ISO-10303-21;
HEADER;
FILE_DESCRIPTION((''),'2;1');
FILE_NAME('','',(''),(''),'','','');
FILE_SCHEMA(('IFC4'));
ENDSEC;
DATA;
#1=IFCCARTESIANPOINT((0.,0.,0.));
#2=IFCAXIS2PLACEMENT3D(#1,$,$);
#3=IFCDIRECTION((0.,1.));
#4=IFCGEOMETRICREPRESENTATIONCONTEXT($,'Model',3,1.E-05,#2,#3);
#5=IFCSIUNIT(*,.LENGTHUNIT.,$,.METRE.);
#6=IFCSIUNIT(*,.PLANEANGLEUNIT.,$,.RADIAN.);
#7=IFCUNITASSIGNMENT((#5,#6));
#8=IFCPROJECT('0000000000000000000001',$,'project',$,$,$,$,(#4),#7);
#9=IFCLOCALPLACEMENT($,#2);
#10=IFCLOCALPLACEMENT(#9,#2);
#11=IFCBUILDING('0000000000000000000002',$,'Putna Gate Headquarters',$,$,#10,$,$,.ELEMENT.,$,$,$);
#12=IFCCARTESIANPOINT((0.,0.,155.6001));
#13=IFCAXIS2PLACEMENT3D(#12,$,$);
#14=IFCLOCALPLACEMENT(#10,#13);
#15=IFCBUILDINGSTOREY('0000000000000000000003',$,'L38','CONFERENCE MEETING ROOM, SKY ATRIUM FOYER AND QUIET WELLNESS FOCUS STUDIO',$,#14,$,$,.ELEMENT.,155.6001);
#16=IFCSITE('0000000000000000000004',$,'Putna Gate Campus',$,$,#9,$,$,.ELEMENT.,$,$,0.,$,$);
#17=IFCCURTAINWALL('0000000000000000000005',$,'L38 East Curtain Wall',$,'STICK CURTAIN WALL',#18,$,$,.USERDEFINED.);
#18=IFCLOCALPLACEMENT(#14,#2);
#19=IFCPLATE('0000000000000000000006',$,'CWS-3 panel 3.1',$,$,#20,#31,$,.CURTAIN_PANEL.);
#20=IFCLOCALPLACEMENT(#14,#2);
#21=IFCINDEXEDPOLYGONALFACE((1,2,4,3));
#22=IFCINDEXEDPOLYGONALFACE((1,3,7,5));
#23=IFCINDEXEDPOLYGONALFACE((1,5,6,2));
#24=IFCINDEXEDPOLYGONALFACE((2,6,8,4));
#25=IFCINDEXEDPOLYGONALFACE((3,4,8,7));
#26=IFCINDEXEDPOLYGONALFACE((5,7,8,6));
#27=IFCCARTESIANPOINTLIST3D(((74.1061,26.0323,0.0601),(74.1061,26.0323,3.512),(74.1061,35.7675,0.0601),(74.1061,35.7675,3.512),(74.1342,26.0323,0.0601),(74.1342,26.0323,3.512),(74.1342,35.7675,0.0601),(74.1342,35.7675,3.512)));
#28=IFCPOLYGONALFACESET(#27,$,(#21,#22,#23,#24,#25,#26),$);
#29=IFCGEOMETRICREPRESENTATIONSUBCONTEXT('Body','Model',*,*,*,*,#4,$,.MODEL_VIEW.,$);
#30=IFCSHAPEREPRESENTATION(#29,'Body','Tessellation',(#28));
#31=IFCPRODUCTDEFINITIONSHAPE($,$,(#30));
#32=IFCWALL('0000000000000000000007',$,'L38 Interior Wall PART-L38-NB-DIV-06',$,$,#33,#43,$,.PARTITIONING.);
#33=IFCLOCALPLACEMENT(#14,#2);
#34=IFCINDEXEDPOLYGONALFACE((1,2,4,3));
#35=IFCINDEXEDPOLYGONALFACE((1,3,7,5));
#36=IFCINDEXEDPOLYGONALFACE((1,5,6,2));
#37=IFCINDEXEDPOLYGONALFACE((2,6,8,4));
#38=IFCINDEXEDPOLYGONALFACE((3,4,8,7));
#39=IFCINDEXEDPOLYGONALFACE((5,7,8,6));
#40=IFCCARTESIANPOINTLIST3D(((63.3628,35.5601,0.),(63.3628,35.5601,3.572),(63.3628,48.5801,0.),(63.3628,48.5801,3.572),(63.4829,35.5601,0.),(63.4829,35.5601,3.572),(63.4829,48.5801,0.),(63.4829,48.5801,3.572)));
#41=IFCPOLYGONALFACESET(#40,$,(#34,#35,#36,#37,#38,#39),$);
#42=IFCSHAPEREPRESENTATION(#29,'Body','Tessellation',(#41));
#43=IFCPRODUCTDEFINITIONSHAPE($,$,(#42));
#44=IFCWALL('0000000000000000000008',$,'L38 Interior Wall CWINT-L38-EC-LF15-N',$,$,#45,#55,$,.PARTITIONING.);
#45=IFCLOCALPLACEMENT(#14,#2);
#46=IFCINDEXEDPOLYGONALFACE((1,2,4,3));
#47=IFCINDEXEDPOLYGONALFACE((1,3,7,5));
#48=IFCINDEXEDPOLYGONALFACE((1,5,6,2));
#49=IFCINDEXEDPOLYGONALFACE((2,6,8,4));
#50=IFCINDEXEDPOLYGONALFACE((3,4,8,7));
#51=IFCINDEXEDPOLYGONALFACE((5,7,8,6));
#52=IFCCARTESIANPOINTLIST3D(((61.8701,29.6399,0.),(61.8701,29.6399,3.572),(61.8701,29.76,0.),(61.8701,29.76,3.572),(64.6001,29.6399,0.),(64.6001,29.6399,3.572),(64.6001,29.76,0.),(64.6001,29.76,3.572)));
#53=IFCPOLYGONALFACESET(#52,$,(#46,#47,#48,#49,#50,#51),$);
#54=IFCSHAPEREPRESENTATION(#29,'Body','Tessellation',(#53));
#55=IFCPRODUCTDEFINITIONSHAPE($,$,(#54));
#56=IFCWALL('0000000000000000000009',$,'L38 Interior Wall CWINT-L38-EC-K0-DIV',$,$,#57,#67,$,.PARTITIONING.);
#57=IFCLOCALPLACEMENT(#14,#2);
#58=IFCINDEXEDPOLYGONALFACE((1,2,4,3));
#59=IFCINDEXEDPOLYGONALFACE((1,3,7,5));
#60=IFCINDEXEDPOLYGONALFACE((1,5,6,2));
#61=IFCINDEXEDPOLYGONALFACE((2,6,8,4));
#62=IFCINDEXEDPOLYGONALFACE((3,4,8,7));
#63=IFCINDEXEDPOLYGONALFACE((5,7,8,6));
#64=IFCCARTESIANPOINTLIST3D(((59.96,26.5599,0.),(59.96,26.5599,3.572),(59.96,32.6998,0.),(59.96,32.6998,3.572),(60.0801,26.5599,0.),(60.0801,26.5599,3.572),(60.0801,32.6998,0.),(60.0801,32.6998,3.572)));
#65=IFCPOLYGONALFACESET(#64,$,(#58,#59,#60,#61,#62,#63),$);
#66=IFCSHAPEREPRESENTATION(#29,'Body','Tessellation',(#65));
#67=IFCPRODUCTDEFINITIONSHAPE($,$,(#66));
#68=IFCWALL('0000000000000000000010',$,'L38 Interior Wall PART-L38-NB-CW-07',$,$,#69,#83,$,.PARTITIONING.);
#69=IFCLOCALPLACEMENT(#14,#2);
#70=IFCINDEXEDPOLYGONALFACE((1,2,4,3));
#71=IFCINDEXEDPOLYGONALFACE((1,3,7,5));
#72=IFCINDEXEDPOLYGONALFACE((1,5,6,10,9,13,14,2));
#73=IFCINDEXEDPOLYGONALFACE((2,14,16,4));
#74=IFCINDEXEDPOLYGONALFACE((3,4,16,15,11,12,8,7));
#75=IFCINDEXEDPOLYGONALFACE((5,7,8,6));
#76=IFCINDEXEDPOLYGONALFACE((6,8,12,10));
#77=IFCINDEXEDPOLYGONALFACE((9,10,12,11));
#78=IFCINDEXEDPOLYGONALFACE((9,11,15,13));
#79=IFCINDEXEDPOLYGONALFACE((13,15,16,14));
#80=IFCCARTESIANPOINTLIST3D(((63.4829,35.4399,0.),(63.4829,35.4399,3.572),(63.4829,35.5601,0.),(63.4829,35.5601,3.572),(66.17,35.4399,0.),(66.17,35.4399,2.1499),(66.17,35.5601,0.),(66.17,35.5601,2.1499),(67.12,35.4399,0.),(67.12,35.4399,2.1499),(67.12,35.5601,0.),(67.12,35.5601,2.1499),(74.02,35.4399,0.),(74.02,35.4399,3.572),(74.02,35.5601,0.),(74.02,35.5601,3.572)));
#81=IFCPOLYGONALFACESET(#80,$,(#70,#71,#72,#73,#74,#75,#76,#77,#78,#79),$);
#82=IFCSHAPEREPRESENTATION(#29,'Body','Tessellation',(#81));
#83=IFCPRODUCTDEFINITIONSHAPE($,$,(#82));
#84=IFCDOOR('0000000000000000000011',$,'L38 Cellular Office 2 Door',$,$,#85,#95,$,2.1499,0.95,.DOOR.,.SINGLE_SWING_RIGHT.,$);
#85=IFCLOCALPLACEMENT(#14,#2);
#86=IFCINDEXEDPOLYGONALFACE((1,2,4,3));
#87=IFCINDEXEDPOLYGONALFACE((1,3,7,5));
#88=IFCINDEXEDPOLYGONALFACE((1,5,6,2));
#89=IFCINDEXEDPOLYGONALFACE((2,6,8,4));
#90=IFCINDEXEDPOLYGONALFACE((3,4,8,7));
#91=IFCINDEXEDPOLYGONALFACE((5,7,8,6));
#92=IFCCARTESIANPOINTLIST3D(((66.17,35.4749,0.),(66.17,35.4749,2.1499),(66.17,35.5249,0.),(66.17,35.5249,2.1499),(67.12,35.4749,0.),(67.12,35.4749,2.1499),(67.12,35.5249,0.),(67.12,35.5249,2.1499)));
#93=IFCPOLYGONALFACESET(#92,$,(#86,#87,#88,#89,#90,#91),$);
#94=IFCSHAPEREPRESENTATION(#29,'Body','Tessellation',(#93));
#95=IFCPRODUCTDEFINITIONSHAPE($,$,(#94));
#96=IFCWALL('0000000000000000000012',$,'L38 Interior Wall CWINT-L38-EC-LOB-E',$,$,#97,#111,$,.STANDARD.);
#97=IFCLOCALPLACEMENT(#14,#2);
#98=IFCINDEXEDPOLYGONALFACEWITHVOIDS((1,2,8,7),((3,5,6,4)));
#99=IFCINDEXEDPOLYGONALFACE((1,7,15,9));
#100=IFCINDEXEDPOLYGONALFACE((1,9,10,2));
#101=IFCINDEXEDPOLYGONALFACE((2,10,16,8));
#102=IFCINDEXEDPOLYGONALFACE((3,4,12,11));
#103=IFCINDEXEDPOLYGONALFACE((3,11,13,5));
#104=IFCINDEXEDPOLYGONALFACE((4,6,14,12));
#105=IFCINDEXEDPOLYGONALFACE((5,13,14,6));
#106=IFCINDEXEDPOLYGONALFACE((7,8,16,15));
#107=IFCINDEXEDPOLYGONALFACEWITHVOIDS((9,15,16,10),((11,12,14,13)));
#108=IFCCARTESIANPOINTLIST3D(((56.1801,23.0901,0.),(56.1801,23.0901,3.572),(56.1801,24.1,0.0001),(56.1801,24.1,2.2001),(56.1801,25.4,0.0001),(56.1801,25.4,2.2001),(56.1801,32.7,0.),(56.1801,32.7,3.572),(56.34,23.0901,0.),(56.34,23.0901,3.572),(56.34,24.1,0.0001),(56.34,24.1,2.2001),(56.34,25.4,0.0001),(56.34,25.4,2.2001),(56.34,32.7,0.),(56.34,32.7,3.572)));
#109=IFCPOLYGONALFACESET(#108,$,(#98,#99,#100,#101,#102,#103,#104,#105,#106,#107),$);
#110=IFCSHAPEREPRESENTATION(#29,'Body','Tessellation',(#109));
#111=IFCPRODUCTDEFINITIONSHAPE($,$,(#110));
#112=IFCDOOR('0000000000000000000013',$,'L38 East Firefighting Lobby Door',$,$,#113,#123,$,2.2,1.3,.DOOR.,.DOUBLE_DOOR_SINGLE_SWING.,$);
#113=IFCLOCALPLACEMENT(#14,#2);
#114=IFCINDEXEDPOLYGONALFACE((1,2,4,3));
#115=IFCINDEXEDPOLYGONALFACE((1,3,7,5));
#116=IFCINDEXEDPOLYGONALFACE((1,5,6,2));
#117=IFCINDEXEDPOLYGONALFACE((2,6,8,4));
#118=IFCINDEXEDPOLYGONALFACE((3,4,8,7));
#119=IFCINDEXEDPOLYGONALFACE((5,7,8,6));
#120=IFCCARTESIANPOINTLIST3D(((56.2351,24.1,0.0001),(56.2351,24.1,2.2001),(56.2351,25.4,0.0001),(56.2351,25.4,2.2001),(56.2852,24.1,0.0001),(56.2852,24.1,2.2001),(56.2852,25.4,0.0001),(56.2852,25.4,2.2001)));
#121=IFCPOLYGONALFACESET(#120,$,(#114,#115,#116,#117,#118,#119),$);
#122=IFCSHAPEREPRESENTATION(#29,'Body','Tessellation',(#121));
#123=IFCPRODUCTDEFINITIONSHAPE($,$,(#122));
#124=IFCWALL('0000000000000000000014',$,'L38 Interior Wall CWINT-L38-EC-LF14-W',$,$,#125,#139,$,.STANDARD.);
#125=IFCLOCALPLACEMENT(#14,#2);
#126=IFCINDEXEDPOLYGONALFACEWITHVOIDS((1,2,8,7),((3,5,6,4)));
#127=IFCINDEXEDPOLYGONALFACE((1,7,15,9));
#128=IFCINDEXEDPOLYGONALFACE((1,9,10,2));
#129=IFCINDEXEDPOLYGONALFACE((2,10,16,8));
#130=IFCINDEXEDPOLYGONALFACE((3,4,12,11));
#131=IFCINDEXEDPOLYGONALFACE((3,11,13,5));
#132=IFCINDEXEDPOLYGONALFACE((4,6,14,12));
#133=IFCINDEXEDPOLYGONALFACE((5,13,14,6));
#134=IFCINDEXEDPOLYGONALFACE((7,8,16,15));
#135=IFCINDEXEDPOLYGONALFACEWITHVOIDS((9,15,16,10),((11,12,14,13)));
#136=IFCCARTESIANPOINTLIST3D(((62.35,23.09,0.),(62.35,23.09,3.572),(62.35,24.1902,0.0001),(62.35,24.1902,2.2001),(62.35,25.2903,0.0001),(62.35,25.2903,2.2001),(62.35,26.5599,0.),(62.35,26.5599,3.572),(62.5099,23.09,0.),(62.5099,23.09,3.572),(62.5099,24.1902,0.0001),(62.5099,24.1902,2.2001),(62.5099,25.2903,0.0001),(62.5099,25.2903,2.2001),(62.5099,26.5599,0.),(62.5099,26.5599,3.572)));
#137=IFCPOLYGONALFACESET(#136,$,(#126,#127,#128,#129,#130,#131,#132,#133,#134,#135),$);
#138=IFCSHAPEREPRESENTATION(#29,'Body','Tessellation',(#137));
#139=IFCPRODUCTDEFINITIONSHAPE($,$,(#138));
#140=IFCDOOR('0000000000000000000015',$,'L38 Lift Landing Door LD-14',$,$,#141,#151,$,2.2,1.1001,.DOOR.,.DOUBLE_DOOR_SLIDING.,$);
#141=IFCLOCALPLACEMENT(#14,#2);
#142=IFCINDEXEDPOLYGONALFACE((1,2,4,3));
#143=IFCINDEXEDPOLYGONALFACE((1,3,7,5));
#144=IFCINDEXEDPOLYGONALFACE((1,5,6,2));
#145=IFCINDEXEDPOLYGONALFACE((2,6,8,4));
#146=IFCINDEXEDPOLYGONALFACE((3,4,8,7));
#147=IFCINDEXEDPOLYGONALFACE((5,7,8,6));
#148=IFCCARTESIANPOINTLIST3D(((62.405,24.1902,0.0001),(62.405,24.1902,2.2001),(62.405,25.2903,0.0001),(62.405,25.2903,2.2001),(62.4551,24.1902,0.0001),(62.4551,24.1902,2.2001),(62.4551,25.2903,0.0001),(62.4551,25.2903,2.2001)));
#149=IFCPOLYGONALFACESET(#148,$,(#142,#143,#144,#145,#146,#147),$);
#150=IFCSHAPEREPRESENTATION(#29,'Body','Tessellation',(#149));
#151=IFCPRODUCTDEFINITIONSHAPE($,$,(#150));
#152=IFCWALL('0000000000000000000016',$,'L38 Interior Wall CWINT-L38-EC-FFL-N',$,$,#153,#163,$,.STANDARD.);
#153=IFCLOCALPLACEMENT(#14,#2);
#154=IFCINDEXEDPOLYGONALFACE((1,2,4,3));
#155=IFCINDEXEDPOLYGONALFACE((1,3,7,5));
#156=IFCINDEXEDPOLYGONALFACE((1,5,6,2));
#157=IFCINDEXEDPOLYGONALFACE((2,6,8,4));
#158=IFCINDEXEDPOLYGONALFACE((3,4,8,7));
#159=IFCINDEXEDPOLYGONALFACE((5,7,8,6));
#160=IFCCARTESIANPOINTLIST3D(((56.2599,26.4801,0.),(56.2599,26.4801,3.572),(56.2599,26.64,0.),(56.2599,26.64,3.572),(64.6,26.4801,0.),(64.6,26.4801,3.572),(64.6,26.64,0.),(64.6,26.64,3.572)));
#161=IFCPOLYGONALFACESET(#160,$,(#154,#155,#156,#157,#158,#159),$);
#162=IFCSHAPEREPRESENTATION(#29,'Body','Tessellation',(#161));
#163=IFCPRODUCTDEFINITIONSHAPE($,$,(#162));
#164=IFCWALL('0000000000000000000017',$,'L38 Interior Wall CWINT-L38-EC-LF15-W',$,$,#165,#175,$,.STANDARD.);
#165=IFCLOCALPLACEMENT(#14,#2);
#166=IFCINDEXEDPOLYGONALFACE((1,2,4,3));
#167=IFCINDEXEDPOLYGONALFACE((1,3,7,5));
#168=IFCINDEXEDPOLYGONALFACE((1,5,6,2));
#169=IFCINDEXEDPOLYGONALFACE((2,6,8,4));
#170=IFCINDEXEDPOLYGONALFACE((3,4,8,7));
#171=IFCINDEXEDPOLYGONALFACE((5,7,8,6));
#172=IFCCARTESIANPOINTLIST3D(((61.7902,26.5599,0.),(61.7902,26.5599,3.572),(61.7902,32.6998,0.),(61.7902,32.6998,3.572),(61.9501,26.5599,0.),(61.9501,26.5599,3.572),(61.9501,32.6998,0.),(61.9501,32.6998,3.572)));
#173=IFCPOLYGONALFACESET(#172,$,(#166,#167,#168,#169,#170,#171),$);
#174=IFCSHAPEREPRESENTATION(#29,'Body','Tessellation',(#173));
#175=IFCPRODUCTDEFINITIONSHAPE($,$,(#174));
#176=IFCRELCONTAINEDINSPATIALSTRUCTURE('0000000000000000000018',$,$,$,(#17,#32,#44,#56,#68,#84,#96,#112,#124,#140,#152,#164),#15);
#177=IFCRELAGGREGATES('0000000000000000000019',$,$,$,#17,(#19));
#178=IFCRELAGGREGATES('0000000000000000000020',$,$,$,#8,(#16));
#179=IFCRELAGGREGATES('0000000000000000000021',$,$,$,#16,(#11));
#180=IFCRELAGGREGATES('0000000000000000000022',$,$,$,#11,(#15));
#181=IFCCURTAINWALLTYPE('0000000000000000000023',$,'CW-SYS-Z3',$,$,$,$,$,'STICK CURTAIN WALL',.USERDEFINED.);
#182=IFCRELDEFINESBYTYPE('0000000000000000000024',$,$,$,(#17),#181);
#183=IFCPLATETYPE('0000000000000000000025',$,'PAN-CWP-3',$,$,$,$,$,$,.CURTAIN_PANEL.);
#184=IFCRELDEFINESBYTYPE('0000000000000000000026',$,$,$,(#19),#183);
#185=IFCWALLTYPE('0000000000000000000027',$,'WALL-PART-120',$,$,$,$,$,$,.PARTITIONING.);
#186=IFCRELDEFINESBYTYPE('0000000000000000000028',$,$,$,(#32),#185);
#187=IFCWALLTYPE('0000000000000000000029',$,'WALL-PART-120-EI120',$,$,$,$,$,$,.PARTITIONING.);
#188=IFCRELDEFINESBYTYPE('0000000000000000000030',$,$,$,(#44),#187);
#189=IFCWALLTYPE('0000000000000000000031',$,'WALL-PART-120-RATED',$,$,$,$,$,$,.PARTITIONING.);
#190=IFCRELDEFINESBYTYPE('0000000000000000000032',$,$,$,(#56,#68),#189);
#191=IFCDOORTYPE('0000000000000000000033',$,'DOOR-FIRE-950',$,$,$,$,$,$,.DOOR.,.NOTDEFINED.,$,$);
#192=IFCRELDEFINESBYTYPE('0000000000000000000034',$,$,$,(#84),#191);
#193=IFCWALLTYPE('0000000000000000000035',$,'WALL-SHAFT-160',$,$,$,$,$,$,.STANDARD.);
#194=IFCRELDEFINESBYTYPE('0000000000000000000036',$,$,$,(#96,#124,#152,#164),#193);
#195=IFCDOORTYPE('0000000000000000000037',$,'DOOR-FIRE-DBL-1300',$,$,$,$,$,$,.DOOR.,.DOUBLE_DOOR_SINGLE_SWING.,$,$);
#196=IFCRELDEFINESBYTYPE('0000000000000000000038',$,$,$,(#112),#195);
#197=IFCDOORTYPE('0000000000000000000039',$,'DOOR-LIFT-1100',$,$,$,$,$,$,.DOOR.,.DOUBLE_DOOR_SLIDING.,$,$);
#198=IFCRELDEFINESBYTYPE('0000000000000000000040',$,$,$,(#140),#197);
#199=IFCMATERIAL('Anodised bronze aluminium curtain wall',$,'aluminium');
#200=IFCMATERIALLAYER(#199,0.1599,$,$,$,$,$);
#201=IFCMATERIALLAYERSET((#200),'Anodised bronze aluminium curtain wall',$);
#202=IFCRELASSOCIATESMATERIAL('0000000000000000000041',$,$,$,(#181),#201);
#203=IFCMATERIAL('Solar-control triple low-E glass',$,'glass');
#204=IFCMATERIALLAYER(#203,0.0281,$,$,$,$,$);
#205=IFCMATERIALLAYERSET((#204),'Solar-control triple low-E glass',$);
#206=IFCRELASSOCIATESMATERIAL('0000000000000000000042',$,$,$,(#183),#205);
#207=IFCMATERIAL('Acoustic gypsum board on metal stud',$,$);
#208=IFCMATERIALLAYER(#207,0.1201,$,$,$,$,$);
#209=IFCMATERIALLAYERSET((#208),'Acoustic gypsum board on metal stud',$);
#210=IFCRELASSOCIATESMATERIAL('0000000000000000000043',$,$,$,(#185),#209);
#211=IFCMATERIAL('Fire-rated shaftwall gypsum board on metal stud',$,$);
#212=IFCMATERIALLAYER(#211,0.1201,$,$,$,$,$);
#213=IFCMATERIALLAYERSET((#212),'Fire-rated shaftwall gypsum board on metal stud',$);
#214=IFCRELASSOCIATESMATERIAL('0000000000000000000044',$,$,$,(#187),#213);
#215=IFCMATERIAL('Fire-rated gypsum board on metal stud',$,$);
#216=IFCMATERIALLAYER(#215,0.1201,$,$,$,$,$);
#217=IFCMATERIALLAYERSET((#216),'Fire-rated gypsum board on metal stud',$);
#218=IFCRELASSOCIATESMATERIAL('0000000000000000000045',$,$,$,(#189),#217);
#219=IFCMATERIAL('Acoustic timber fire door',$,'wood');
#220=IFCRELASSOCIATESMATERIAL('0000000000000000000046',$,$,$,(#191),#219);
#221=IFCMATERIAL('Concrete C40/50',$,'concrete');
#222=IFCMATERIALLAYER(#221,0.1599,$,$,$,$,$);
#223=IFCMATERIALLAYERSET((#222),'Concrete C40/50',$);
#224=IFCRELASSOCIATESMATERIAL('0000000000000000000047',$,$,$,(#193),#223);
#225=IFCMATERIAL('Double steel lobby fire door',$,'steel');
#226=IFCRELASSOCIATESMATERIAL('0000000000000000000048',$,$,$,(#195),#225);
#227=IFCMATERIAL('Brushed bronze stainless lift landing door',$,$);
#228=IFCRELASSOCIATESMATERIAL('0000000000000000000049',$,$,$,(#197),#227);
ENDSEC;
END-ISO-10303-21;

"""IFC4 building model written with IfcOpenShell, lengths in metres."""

from ifc_helpers import new_model, si_unit, direction, frame, frame_2d, origin, origin_2d, place, context, subcontext, project, spatial, rectangle, extrude, material, layer, layer_set, type_object, element, fill, aggregate, save


model = new_model("IFC4")

# Units and contexts
model_context = context("Model", 3, precision=1e-05, world=origin(), true_north=direction((0.0, 1.0)))
body_context = subcontext(model_context, "Body", "Model", "MODEL_VIEW")
ifc_project = project(units=[si_unit("LENGTHUNIT", "METRE"), si_unit("PLANEANGLEUNIT", "RADIAN")], contexts=[model_context])

# Site, building, storey
site_placement = place(None, origin())
site = spatial("IfcSite", under=ifc_project, at=site_placement, Name="Putna Gate Campus", CompositionType="ELEMENT", RefElevation=0.0)
building_placement = place(site_placement, origin())
building = spatial("IfcBuilding", under=site, at=building_placement, Name="Putna Gate Headquarters", CompositionType="ELEMENT")
storey_placement = place(building_placement, frame((0.0, 0.0, 155.6001)))
storey = spatial("IfcBuildingStorey", under=building, at=storey_placement, Name="L38", Description="CONFERENCE MEETING ROOM, SKY ATRIUM FOYER AND QUIET WELLNESS FOCUS STUDIO", CompositionType="ELEMENT", Elevation=155.6001)

# Curtain wall, plate
ifc_material_1 = material(Name="Anodised bronze aluminium curtain wall", Category="aluminium")
ifc_layer_1 = layer(ifc_material_1, 0.1599)
ifc_layer_set_1 = layer_set([ifc_layer_1], Name="Anodised bronze aluminium curtain wall")
curtain_wall_type = type_object("IfcCurtainWallType", Name="CW-SYS-Z3", ElementType="STICK CURTAIN WALL", PredefinedType="USERDEFINED", material=ifc_layer_set_1)
curtain_wall_placement = place(storey_placement, origin())
curtain_wall = element("IfcCurtainWall", 1, at=curtain_wall_placement, inside=storey, type_object=curtain_wall_type, Name="L38 East Curtain Wall", ObjectType="STICK CURTAIN WALL", PredefinedType="USERDEFINED")
ifc_material_2 = material(Name="Solar-control triple low-E glass", Category="glass")
ifc_layer_2 = layer(ifc_material_2, 0.0281)
ifc_layer_set_2 = layer_set([ifc_layer_2], Name="Solar-control triple low-E glass")
plate_type = type_object("IfcPlateType", Name="PAN-CWP-3", PredefinedType="CURTAIN_PANEL", material=ifc_layer_set_2)
plate_placement = place(storey_placement, frame((74.1201, 30.8999, 0.0601), z_axis=(0.0, 0.0, 1.0), x_axis=(0.0, 1.0, 0.0)))
plate = element("IfcPlate", 2, at=plate_placement, type_object=plate_type, Name="CWS-3 panel 3.1", PredefinedType="CURTAIN_PANEL", context=body_context, shape_type="SweptSolid", body=[
    extrude(rectangle(XDim=9.7351, YDim=0.0281, at=origin_2d()), origin(), (0.0, 0.0, 1.0), 3.4519),
])
aggregate(curtain_wall, [plate])

# Walls
ifc_material_3 = material(Name="Acoustic gypsum board on metal stud")
ifc_layer_3 = layer(ifc_material_3, 0.1201)
ifc_layer_set_3 = layer_set([ifc_layer_3], Name="Acoustic gypsum board on metal stud")
wall_type_1 = type_object("IfcWallType", Name="WALL-PART-120", PredefinedType="PARTITIONING", material=ifc_layer_set_3)
wall_1_placement = place(storey_placement, frame((63.4229, 35.5601, 0.0), z_axis=(0.0, 0.0, 1.0), x_axis=(0.0, 1.0, 0.0)))
element("IfcWall", 3, at=wall_1_placement, inside=storey, type_object=wall_type_1, Name="L38 Interior Wall PART-L38-NB-DIV-06", PredefinedType="PARTITIONING", context=body_context, shape_type="SweptSolid", body=[
    extrude(rectangle(XDim=13.02, YDim=0.1201, at=frame_2d((6.51, 0.0))), origin(), (0.0, 0.0, 1.0), 3.572),
])
ifc_material_4 = material(Name="Fire-rated shaftwall gypsum board on metal stud")
ifc_layer_4 = layer(ifc_material_4, 0.1201)
ifc_layer_set_4 = layer_set([ifc_layer_4], Name="Fire-rated shaftwall gypsum board on metal stud")
wall_type_2 = type_object("IfcWallType", Name="WALL-PART-120-EI120", PredefinedType="PARTITIONING", material=ifc_layer_set_4)
wall_2_placement = place(storey_placement, frame((61.8701, 29.7, 0.0), z_axis=(0.0, 0.0, 1.0), x_axis=(1.0, 0.0, 0.0)))
element("IfcWall", 4, at=wall_2_placement, inside=storey, type_object=wall_type_2, Name="L38 Interior Wall CWINT-L38-EC-LF15-N", PredefinedType="PARTITIONING", context=body_context, shape_type="SweptSolid", body=[
    extrude(rectangle(XDim=2.73, YDim=0.1201, at=frame_2d((1.365, 0.0))), origin(), (0.0, 0.0, 1.0), 3.572),
])
ifc_material_5 = material(Name="Fire-rated gypsum board on metal stud")
ifc_layer_5 = layer(ifc_material_5, 0.1201)
ifc_layer_set_5 = layer_set([ifc_layer_5], Name="Fire-rated gypsum board on metal stud")
wall_type_3 = type_object("IfcWallType", Name="WALL-PART-120-RATED", PredefinedType="PARTITIONING", material=ifc_layer_set_5)
wall_3_placement = place(storey_placement, frame((60.02, 26.5601, 0.0), z_axis=(0.0, 0.0, 1.0), x_axis=(0.0, 1.0, 0.0)))
element("IfcWall", 5, at=wall_3_placement, inside=storey, type_object=wall_type_3, Name="L38 Interior Wall CWINT-L38-EC-K0-DIV", PredefinedType="PARTITIONING", context=body_context, shape_type="SweptSolid", body=[
    extrude(rectangle(XDim=6.1399, YDim=0.1201, at=frame_2d((3.0698, 0.0))), origin(), (0.0, 0.0, 1.0), 3.572),
])

# Walls, openings, doors
wall_4_placement = place(storey_placement, frame((63.4829, 35.5, 0.0), z_axis=(0.0, 0.0, 1.0), x_axis=(1.0, 0.0, 0.0)))
wall_4 = element("IfcWall", 6, at=wall_4_placement, inside=storey, type_object=wall_type_3, Name="L38 Interior Wall PART-L38-NB-CW-07", PredefinedType="PARTITIONING", context=body_context, shape_type="SweptSolid", body=[
    extrude(rectangle(XDim=10.5371, YDim=0.1201, at=frame_2d((5.2686, 0.0))), origin(), (0.0, 0.0, 1.0), 3.572),
])
opening_1_placement = place(wall_4_placement, frame((2.687, 0.0, 0.0)))
opening_1 = element("IfcOpeningElement", 7, at=opening_1_placement, cuts=wall_4, PredefinedType="OPENING", context=body_context, shape_type="SweptSolid", body=[
    extrude(rectangle(XDim=0.95, YDim=2.1499, at=frame_2d((0.4751, 1.075))), frame((0.0, 0.0701, 0.0), z_axis=(0.0, -1.0, 0.0), x_axis=(1.0, 0.0, 0.0)), (0.0, 0.0, 1.0), 0.1401),
])
ifc_material_6 = material(Name="Acoustic timber fire door", Category="wood")
door_type_1 = type_object("IfcDoorType", Name="DOOR-FIRE-950", OperationType="NOTDEFINED", PredefinedType="DOOR", material=ifc_material_6)
door_1_placement = place(opening_1_placement, origin())
door_1 = element("IfcDoor", 8, at=door_1_placement, inside=storey, type_object=door_type_1, Name="L38 Cellular Office 2 Door", OperationType="SINGLE_SWING_RIGHT", OverallHeight=2.1499, OverallWidth=0.95, PredefinedType="DOOR", context=body_context, shape_type="SweptSolid", body=[
    extrude(rectangle(XDim=0.95, YDim=2.1499, at=frame_2d((0.4751, 1.075))), frame((0.0, 0.0249, 0.0), z_axis=(0.0, -1.0, 0.0), x_axis=(1.0, 0.0, 0.0)), (0.0, 0.0, 1.0), 0.05),
])
fill(opening_1, door_1)
ifc_material_7 = material(Name="Concrete C40/50", Category="concrete")
ifc_layer_6 = layer(ifc_material_7, 0.1599)
ifc_layer_set_6 = layer_set([ifc_layer_6], Name="Concrete C40/50")
wall_type_4 = type_object("IfcWallType", Name="WALL-SHAFT-160", PredefinedType="STANDARD", material=ifc_layer_set_6)
wall_5_placement = place(storey_placement, frame((56.26, 23.0901, 0.0), z_axis=(0.0, 0.0, 1.0), x_axis=(0.0, 1.0, 0.0)))
wall_5 = element("IfcWall", 9, at=wall_5_placement, inside=storey, type_object=wall_type_4, Name="L38 Interior Wall CWINT-L38-EC-LOB-E", PredefinedType="STANDARD", context=body_context, shape_type="SweptSolid", body=[
    extrude(rectangle(XDim=9.6099, YDim=0.1599, at=frame_2d((4.8049, 0.0))), origin(), (0.0, 0.0, 1.0), 3.572),
])
opening_2_placement = place(wall_5_placement, frame((1.01, 0.0, 0.0)))
opening_2 = element("IfcOpeningElement", 10, at=opening_2_placement, cuts=wall_5, PredefinedType="OPENING", context=body_context, shape_type="SweptSolid", body=[
    extrude(rectangle(XDim=1.3, YDim=2.2, at=frame_2d((0.6499, 1.1001))), frame((0.0, 0.0898, 0.0), z_axis=(0.0, -1.0, 0.0), x_axis=(1.0, 0.0, 0.0)), (0.0, 0.0, 1.0), 0.1799),
])
ifc_material_8 = material(Name="Double steel lobby fire door", Category="steel")
door_type_2 = type_object("IfcDoorType", Name="DOOR-FIRE-DBL-1300", OperationType="DOUBLE_DOOR_SINGLE_SWING", PredefinedType="DOOR", material=ifc_material_8)
door_2_placement = place(opening_2_placement, origin())
door_2 = element("IfcDoor", 11, at=door_2_placement, inside=storey, type_object=door_type_2, Name="L38 East Firefighting Lobby Door", OperationType="DOUBLE_DOOR_SINGLE_SWING", OverallHeight=2.2, OverallWidth=1.3, PredefinedType="DOOR", context=body_context, shape_type="SweptSolid", body=[
    extrude(rectangle(XDim=1.3, YDim=2.2, at=frame_2d((0.6499, 1.1001))), frame((0.0, 0.0249, 0.0), z_axis=(0.0, -1.0, 0.0), x_axis=(1.0, 0.0, 0.0)), (0.0, 0.0, 1.0), 0.05),
])
fill(opening_2, door_2)
wall_6_placement = place(storey_placement, frame((62.4299, 23.0901, 0.0), z_axis=(0.0, 0.0, 1.0), x_axis=(0.0, 1.0, 0.0)))
wall_6 = element("IfcWall", 12, at=wall_6_placement, inside=storey, type_object=wall_type_4, Name="L38 Interior Wall CWINT-L38-EC-LF14-W", PredefinedType="STANDARD", context=body_context, shape_type="SweptSolid", body=[
    extrude(rectangle(XDim=3.47, YDim=0.1599, at=frame_2d((1.7349, 0.0))), origin(), (0.0, 0.0, 1.0), 3.572),
])
opening_3_placement = place(wall_6_placement, frame((1.1001, 0.0, 0.0)))
opening_3 = element("IfcOpeningElement", 13, at=opening_3_placement, cuts=wall_6, PredefinedType="OPENING", context=body_context, shape_type="SweptSolid", body=[
    extrude(rectangle(XDim=1.1001, YDim=2.2, at=frame_2d((0.55, 1.1001))), frame((0.0, 0.0898, 0.0), z_axis=(0.0, -1.0, 0.0), x_axis=(1.0, 0.0, 0.0)), (0.0, 0.0, 1.0), 0.1799),
])
ifc_material_9 = material(Name="Brushed bronze stainless lift landing door")
door_type_3 = type_object("IfcDoorType", Name="DOOR-LIFT-1100", OperationType="DOUBLE_DOOR_SLIDING", PredefinedType="DOOR", material=ifc_material_9)
door_3_placement = place(opening_3_placement, origin())
door_3 = element("IfcDoor", 14, at=door_3_placement, inside=storey, type_object=door_type_3, Name="L38 Lift Landing Door LD-14", OperationType="DOUBLE_DOOR_SLIDING", OverallHeight=2.2, OverallWidth=1.1001, PredefinedType="DOOR", context=body_context, shape_type="SweptSolid", body=[
    extrude(rectangle(XDim=1.1001, YDim=2.2, at=frame_2d((0.55, 1.1001))), frame((0.0, 0.0249, 0.0), z_axis=(0.0, -1.0, 0.0), x_axis=(1.0, 0.0, 0.0)), (0.0, 0.0, 1.0), 0.05),
])
fill(opening_3, door_3)

# Walls
wall_7_placement = place(storey_placement, frame((56.26, 26.5601, 0.0), z_axis=(0.0, 0.0, 1.0), x_axis=(1.0, 0.0, 0.0)))
element("IfcWall", 15, at=wall_7_placement, inside=storey, type_object=wall_type_4, Name="L38 Interior Wall CWINT-L38-EC-FFL-N", PredefinedType="STANDARD", context=body_context, shape_type="SweptSolid", body=[
    extrude(rectangle(XDim=8.3401, YDim=0.1599, at=frame_2d((4.1699, 0.0))), origin(), (0.0, 0.0, 1.0), 3.572),
])
wall_8_placement = place(storey_placement, frame((61.8701, 26.5601, 0.0), z_axis=(0.0, 0.0, 1.0), x_axis=(0.0, 1.0, 0.0)))
element("IfcWall", 16, at=wall_8_placement, inside=storey, type_object=wall_type_4, Name="L38 Interior Wall CWINT-L38-EC-LF15-W", PredefinedType="STANDARD", context=body_context, shape_type="SweptSolid", body=[
    extrude(rectangle(XDim=6.1399, YDim=0.1599, at=frame_2d((3.0698, 0.0))), origin(), (0.0, 0.0, 1.0), 3.572),
])

save(model, "model.ifc")
